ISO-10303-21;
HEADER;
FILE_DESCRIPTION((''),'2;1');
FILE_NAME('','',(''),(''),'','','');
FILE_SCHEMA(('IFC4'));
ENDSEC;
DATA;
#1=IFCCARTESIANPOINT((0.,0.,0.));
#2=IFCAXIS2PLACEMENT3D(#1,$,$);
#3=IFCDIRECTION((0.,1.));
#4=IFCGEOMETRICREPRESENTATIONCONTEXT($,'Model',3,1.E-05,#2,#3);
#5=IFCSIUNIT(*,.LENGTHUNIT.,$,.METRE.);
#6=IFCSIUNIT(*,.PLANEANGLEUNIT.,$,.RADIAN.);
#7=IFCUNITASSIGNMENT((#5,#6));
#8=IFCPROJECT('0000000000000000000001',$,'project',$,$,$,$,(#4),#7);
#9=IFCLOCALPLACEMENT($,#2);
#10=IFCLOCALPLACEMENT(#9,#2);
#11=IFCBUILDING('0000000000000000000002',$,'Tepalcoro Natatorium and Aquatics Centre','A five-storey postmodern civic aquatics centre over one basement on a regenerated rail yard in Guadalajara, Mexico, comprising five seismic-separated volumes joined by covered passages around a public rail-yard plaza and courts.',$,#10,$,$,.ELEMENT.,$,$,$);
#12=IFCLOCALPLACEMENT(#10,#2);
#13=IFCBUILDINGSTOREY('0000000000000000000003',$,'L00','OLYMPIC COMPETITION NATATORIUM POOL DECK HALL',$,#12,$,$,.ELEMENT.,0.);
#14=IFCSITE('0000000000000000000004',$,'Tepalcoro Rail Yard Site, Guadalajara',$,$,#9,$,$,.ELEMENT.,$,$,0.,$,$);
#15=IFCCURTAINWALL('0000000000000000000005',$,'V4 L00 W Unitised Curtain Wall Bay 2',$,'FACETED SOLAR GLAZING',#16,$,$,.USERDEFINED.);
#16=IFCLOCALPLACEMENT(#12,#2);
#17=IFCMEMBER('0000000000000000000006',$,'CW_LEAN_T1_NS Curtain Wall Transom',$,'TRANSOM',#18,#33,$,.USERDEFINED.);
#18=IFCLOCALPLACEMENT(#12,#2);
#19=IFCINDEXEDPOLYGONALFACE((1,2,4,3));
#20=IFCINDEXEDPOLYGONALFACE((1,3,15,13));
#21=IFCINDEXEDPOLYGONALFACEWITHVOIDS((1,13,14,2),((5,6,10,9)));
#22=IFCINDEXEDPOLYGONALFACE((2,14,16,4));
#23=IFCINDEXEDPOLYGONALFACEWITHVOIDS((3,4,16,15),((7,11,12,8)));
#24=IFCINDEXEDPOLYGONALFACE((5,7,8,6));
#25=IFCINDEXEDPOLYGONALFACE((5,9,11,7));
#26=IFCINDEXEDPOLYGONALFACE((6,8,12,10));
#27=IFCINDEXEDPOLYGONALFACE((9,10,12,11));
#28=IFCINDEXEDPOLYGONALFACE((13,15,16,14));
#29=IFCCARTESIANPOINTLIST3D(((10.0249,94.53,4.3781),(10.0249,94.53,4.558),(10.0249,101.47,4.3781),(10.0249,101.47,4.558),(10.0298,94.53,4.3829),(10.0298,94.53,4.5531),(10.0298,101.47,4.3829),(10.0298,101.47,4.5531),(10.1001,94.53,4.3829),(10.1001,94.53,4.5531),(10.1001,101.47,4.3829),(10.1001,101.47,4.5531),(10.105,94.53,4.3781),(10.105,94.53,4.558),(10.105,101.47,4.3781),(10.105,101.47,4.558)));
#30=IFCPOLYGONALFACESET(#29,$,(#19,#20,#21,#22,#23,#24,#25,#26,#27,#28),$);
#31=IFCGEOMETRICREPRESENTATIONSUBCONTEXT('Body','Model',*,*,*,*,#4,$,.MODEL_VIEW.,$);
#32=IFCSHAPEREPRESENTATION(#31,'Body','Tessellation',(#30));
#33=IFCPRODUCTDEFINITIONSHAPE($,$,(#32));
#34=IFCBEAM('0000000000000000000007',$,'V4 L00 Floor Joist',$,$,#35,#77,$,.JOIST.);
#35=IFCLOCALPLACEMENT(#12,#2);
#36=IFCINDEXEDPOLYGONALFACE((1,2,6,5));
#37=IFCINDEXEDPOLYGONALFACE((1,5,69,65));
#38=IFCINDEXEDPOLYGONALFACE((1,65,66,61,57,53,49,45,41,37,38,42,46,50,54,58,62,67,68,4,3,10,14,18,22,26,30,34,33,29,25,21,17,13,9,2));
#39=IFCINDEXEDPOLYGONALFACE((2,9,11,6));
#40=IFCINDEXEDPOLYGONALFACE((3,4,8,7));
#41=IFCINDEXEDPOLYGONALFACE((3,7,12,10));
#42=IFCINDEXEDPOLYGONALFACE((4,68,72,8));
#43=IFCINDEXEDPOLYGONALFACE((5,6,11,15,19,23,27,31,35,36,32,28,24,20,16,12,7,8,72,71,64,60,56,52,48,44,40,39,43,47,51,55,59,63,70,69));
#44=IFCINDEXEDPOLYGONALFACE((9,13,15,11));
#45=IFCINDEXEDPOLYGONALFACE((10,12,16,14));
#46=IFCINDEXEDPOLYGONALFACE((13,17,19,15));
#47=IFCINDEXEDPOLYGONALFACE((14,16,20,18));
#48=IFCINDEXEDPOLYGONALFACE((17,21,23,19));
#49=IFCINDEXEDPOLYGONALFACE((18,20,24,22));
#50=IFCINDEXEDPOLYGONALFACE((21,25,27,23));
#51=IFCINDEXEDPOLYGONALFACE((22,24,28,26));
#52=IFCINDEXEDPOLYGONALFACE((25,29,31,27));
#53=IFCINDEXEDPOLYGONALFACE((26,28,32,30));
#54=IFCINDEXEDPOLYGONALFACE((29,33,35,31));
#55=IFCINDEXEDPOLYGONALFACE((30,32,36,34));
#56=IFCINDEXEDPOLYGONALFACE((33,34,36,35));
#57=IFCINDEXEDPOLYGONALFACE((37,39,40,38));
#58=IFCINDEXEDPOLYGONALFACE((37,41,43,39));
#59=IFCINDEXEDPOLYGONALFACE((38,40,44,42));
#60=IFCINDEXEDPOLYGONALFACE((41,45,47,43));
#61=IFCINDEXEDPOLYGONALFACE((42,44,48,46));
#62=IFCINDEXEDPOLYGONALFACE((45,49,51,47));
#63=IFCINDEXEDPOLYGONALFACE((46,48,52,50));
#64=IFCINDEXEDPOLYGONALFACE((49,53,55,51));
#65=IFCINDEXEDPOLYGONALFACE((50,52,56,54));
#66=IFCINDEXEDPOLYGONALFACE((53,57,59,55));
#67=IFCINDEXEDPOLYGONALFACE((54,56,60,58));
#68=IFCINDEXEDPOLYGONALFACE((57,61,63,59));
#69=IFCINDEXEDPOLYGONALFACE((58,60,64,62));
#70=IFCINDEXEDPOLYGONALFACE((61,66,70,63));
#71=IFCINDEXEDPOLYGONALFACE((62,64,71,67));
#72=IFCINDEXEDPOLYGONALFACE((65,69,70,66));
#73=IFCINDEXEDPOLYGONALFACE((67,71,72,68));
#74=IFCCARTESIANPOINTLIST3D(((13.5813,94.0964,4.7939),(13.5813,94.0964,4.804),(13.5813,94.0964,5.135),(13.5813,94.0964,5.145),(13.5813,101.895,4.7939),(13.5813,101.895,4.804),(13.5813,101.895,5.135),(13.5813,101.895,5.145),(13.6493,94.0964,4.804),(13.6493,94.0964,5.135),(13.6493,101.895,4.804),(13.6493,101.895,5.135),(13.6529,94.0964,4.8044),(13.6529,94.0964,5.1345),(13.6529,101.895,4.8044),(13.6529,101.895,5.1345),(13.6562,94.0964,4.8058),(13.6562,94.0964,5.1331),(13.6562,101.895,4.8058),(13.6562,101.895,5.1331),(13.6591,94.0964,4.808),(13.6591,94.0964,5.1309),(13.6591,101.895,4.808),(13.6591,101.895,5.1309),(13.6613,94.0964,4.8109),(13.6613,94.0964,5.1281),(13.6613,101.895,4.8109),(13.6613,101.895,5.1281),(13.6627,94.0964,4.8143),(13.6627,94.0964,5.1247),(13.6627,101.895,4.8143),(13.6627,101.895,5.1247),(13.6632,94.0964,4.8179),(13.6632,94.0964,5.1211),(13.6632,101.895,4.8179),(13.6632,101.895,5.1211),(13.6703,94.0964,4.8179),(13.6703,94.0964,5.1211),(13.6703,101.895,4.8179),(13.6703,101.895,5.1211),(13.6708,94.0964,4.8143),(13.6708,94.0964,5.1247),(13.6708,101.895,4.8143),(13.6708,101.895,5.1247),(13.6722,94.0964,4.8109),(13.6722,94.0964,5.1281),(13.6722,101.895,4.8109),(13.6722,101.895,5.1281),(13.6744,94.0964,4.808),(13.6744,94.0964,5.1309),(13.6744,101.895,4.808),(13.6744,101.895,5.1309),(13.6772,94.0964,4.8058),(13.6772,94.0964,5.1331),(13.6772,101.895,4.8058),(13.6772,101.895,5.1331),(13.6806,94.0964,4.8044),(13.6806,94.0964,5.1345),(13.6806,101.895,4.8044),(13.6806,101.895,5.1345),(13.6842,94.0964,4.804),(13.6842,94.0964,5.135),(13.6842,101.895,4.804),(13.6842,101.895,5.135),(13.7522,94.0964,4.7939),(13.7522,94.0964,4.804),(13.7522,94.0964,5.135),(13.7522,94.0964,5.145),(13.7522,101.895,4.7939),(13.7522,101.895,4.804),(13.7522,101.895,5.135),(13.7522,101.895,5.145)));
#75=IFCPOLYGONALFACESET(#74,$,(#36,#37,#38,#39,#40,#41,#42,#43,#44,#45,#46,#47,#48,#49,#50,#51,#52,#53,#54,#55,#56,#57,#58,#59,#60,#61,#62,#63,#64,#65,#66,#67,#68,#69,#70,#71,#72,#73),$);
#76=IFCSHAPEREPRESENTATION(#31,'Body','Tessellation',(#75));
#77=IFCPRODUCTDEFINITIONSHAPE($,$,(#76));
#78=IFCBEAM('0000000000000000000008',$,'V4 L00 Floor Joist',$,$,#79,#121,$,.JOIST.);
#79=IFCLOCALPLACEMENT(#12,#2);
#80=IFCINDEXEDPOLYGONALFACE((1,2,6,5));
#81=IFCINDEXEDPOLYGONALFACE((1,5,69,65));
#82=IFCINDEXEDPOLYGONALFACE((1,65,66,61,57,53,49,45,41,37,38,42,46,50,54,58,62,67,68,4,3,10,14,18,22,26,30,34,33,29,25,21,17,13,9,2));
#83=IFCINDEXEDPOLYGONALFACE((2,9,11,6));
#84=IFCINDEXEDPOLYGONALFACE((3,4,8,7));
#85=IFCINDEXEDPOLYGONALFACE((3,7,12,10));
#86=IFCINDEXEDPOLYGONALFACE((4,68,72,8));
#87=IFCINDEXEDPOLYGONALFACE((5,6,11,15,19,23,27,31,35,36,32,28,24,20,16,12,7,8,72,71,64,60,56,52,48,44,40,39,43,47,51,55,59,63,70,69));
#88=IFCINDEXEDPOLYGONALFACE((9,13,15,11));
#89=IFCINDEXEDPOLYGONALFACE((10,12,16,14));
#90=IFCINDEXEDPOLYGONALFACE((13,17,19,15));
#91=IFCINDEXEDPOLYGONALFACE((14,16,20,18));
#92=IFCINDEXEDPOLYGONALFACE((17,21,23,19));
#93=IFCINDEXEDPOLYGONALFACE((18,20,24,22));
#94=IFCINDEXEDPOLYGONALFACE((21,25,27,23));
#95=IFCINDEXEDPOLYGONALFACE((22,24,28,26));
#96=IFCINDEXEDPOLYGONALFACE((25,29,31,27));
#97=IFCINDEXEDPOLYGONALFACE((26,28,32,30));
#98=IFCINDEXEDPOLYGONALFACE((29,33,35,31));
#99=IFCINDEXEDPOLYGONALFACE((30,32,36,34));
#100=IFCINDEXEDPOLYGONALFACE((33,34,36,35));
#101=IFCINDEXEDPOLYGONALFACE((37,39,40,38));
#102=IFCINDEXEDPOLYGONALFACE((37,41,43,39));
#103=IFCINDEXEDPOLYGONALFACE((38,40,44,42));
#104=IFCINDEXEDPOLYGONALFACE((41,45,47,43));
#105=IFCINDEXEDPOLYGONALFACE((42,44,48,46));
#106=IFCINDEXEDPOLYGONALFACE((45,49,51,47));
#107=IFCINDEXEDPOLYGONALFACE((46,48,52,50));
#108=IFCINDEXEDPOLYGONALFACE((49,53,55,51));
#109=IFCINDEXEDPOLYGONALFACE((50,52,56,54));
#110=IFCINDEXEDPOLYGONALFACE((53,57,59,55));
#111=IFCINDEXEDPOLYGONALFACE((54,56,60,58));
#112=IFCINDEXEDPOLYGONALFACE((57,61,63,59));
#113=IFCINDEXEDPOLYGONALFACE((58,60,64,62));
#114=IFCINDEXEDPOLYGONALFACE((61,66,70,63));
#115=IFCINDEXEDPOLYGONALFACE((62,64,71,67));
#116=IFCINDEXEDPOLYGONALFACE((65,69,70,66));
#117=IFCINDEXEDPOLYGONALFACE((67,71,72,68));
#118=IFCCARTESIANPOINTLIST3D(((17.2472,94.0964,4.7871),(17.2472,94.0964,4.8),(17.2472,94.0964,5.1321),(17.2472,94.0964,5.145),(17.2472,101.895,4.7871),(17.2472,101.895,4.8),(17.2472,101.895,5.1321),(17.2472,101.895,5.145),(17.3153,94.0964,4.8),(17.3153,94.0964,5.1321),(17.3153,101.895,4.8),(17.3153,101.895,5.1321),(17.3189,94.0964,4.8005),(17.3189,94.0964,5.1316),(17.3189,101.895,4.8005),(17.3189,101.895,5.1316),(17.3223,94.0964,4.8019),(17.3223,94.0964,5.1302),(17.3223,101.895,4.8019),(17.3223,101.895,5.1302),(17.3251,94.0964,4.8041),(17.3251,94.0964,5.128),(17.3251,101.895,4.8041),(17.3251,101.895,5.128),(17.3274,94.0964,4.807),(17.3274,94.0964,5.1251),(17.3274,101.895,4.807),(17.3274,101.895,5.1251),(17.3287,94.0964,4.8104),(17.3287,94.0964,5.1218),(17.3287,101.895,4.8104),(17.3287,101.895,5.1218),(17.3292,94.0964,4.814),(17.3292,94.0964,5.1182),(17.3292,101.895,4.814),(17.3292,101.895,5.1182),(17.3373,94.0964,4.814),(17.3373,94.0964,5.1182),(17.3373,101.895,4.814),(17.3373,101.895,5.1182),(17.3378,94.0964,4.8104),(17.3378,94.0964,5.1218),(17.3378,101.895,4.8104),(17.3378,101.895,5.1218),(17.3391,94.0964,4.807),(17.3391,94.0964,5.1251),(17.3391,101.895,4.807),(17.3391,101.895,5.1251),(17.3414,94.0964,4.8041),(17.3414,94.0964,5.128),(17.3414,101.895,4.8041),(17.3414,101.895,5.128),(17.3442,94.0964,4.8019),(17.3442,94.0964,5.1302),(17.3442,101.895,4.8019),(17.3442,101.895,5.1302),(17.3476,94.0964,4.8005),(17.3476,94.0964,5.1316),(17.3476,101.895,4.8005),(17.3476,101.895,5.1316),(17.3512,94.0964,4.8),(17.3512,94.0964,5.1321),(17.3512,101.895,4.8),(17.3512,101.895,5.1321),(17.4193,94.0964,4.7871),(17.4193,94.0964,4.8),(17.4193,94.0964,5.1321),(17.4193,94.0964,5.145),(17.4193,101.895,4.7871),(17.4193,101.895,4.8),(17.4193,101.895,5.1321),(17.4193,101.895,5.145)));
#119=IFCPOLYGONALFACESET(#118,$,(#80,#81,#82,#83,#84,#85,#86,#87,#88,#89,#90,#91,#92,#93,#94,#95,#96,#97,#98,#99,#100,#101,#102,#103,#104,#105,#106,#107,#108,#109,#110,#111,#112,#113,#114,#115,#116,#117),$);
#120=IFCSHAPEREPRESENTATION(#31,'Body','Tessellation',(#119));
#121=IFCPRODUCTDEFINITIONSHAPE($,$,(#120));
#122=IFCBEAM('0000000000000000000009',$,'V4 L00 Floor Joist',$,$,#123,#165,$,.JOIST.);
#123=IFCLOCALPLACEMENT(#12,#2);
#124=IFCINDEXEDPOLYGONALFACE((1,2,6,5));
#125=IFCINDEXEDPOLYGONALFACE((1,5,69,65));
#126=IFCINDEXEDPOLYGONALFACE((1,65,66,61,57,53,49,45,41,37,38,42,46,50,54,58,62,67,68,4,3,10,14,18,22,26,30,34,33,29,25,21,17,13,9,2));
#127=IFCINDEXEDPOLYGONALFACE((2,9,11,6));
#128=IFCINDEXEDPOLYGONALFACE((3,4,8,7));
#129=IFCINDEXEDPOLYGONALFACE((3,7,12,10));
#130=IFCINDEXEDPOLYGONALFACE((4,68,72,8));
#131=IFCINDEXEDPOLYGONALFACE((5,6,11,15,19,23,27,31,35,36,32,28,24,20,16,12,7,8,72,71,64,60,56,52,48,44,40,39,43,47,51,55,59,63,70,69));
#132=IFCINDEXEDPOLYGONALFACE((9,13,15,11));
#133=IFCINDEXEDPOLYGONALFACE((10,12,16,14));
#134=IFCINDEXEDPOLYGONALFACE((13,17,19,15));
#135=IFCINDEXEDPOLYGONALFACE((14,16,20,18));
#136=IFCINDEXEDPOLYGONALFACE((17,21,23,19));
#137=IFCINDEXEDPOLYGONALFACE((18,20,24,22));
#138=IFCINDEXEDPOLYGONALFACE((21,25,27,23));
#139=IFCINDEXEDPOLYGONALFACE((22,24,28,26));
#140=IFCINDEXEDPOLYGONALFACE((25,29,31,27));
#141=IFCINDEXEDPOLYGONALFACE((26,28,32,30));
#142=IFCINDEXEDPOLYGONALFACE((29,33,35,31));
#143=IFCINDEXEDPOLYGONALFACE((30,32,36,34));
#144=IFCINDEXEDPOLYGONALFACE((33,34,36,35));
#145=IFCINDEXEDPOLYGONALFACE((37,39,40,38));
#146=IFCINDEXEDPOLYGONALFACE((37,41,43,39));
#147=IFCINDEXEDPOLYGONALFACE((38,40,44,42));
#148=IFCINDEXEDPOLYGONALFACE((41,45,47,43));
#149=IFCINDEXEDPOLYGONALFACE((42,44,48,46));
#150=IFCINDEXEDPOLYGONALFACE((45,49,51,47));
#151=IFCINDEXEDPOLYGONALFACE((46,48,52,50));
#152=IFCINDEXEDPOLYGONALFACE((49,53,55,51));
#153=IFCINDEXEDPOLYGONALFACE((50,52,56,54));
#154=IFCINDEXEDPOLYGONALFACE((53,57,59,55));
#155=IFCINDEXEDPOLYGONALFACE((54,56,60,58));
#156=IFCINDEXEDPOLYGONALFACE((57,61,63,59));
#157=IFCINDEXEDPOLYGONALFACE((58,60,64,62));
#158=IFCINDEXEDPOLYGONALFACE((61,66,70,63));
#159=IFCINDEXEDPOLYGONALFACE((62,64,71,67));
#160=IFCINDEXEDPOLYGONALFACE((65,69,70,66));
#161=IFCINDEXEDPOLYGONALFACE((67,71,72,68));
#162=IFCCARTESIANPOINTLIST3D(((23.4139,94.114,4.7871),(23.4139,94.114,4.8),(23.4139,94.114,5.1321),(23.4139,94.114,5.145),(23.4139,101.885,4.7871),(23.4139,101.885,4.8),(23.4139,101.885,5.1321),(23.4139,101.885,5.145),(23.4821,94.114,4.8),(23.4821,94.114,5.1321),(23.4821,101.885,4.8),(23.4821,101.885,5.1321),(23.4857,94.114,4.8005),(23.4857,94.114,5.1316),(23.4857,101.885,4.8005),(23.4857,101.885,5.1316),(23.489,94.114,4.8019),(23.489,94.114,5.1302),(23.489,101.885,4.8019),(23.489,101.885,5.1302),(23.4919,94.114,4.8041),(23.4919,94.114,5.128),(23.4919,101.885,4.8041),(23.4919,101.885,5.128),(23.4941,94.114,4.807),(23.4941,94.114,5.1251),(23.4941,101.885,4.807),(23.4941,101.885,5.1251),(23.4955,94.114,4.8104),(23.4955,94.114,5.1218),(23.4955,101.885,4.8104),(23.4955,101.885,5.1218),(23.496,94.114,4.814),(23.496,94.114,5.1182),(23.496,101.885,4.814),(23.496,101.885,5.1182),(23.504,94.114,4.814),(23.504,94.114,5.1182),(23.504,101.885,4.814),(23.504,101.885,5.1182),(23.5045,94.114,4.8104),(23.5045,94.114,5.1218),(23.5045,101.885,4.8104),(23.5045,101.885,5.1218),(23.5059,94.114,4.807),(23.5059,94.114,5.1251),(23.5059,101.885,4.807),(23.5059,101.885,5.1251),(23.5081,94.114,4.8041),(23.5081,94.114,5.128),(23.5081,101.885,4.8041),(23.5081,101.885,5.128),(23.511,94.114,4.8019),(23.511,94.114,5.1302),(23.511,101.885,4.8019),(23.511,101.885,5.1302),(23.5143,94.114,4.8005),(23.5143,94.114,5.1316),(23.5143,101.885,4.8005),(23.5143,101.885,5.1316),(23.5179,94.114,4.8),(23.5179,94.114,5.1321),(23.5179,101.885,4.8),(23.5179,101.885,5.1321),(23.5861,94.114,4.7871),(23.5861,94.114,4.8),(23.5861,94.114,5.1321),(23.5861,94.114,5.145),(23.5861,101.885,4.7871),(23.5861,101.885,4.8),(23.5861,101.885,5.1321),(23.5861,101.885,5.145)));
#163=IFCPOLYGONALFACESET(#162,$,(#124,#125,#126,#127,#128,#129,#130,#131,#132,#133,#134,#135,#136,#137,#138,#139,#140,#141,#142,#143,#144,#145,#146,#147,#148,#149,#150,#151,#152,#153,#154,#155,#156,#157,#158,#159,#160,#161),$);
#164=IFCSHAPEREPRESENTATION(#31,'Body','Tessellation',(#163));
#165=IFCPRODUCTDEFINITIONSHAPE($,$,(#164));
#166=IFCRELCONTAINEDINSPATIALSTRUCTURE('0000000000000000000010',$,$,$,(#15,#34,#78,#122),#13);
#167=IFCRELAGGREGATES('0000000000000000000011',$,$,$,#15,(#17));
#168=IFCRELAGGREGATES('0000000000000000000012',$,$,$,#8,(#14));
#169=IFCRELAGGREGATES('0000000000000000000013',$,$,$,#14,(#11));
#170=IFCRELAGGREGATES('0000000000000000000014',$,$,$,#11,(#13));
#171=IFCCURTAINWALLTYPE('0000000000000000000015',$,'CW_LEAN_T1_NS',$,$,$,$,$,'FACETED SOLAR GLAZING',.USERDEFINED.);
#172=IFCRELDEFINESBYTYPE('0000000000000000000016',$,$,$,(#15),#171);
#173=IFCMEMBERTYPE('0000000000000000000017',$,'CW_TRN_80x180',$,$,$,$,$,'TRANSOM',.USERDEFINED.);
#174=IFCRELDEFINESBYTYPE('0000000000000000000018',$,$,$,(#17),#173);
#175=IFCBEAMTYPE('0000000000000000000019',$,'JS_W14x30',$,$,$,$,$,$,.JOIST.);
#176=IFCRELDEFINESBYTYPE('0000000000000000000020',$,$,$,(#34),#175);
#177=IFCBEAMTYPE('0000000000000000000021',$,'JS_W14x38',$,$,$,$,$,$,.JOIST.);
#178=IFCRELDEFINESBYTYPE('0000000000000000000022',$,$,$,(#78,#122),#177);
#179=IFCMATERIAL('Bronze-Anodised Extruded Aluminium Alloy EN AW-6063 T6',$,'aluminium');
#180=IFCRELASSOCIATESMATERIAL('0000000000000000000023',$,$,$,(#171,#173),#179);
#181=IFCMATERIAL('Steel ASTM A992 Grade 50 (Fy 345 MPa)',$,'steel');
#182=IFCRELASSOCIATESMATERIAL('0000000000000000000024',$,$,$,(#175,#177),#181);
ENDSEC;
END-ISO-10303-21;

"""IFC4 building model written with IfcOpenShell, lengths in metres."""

from ifc_helpers import new_model, si_unit, direction, frame, origin, origin_2d, place, context, subcontext, project, spatial, hollow_rectangle, i_section, extrude, material, material_profile, profile_set, type_object, element, aggregate, save


model = new_model("IFC4")

# Units and contexts
model_context = context("Model", 3, precision=1e-05, world=origin(), true_north=direction((0.0, 1.0)))
body_context = subcontext(model_context, "Body", "Model", "MODEL_VIEW")
ifc_project = project(units=[si_unit("LENGTHUNIT", "METRE"), si_unit("PLANEANGLEUNIT", "RADIAN")], contexts=[model_context])

# Site, building, storey
site_placement = place(None, origin())
site = spatial("IfcSite", under=ifc_project, at=site_placement, Name="Tepalcoro Rail Yard Site, Guadalajara", CompositionType="ELEMENT", RefElevation=0.0)
building_placement = place(site_placement, origin())
building = spatial("IfcBuilding", under=site, at=building_placement, Name="Tepalcoro Natatorium and Aquatics Centre", Description="A five-storey postmodern civic aquatics centre over one basement on a regenerated rail yard in Guadalajara, Mexico, comprising five seismic-separated volumes joined by covered passages around a public rail-yard plaza and courts.", CompositionType="ELEMENT")
storey_placement = place(building_placement, origin())
storey = spatial("IfcBuildingStorey", under=building, at=storey_placement, Name="L00", Description="OLYMPIC COMPETITION NATATORIUM POOL DECK HALL", CompositionType="ELEMENT", Elevation=0.0)

# Shared definitions
ifc_material_1 = material(Name="Steel ASTM A992 Grade 50 (Fy 345 MPa)", Category="steel")

# Curtain wall, member
ifc_material_2 = material(Name="Bronze-Anodised Extruded Aluminium Alloy EN AW-6063 T6", Category="aluminium")
curtain_wall_type = type_object("IfcCurtainWallType", Name="CW_LEAN_T1_NS", ElementType="FACETED SOLAR GLAZING", PredefinedType="USERDEFINED", material=ifc_material_2)
curtain_wall_placement = place(storey_placement, origin())
curtain_wall = element("IfcCurtainWall", 1, at=curtain_wall_placement, inside=storey, type_object=curtain_wall_type, Name="V4 L00 W Unitised Curtain Wall Bay 2", ObjectType="FACETED SOLAR GLAZING", PredefinedType="USERDEFINED")
ifc_material_profile_1 = material_profile(ifc_material_2, hollow_rectangle(XDim=0.0801, YDim=0.1799, WallThickness=0.0049, at=origin_2d()), Name="AL80X180X5")
ifc_profile_set_1 = profile_set([ifc_material_profile_1], Name="Bronze-Anodised Extruded Aluminium Alloy EN AW-6063 T6")
member_type_1 = type_object("IfcMemberType", Name="CW_TRN_80x180", ElementType="TRANSOM", PredefinedType="USERDEFINED", material=ifc_profile_set_1)
member_1_placement = place(storey_placement, frame((10.0649, 94.53, 4.468), z_axis=(0.0, 1.0, 0.0), x_axis=(-1.0, 0.0, 0.0)))
member_1 = element("IfcMember", 2, at=member_1_placement, type_object=member_type_1, Name="CW_LEAN_T1_NS Curtain Wall Transom", ObjectType="TRANSOM", PredefinedType="USERDEFINED", context=body_context, shape_type="SweptSolid", body=[
    extrude(hollow_rectangle(XDim=0.0801, YDim=0.1799, WallThickness=0.0049, at=origin_2d()), origin(), (0.0, 0.0, 1.0), 6.9399),
])

# Beams
ifc_material_profile_2 = material_profile(ifc_material_1, i_section(OverallWidth=0.1709, OverallDepth=0.3511, WebThickness=0.0071, FlangeThickness=0.01, FilletRadius=0.0139, at=origin_2d()), Name="W14X30")
ifc_profile_set_2 = profile_set([ifc_material_profile_2], Name="Steel ASTM A992 Grade 50 (Fy 345 MPa)")
beam_type_1 = type_object("IfcBeamType", Name="JS_W14x30", PredefinedType="JOIST", material=ifc_profile_set_2)
beam_1_placement = place(storey_placement, frame((13.6667, 94.0964, 4.9695), z_axis=(0.0, 1.0, 0.0), x_axis=(-1.0, 0.0, 0.0)))
element("IfcBeam", 3, at=beam_1_placement, inside=storey, type_object=beam_type_1, Name="V4 L00 Floor Joist", PredefinedType="JOIST", context=body_context, shape_type="SweptSolid", body=[
    extrude(i_section(OverallWidth=0.1709, OverallDepth=0.3511, WebThickness=0.0071, FlangeThickness=0.01, FilletRadius=0.0139, at=origin_2d()), origin(), (0.0, 0.0, 1.0), 7.7986),
])
ifc_material_profile_3 = material_profile(ifc_material_1, i_section(OverallWidth=0.1721, OverallDepth=0.3579, WebThickness=0.0081, FlangeThickness=0.0129, FilletRadius=0.0139, at=origin_2d()), Name="W14X38")
ifc_profile_set_3 = profile_set([ifc_material_profile_3], Name="Steel ASTM A992 Grade 50 (Fy 345 MPa)")
beam_type_2 = type_object("IfcBeamType", Name="JS_W14x38", PredefinedType="JOIST", material=ifc_profile_set_3)
beam_2_placement = place(storey_placement, frame((17.3333, 94.0964, 4.9661), z_axis=(0.0, 1.0, 0.0), x_axis=(-1.0, 0.0, 0.0)))
element("IfcBeam", 4, at=beam_2_placement, inside=storey, type_object=beam_type_2, Name="V4 L00 Floor Joist", PredefinedType="JOIST", context=body_context, shape_type="SweptSolid", body=[
    extrude(i_section(OverallWidth=0.1721, OverallDepth=0.3579, WebThickness=0.0081, FlangeThickness=0.0129, FilletRadius=0.0139, at=origin_2d()), origin(), (0.0, 0.0, 1.0), 7.7986),
])
beam_3_placement = place(storey_placement, frame((23.5, 94.114, 4.9661), z_axis=(0.0, 1.0, 0.0), x_axis=(-1.0, 0.0, 0.0)))
element("IfcBeam", 5, at=beam_3_placement, inside=storey, type_object=beam_type_2, Name="V4 L00 Floor Joist", PredefinedType="JOIST", context=body_context, shape_type="SweptSolid", body=[
    extrude(i_section(OverallWidth=0.1721, OverallDepth=0.3579, WebThickness=0.0081, FlangeThickness=0.0129, FilletRadius=0.0139, at=origin_2d()), origin(), (0.0, 0.0, 1.0), 7.771),
])

aggregate(curtain_wall, [member_1])

save(model, "model.ifc")
